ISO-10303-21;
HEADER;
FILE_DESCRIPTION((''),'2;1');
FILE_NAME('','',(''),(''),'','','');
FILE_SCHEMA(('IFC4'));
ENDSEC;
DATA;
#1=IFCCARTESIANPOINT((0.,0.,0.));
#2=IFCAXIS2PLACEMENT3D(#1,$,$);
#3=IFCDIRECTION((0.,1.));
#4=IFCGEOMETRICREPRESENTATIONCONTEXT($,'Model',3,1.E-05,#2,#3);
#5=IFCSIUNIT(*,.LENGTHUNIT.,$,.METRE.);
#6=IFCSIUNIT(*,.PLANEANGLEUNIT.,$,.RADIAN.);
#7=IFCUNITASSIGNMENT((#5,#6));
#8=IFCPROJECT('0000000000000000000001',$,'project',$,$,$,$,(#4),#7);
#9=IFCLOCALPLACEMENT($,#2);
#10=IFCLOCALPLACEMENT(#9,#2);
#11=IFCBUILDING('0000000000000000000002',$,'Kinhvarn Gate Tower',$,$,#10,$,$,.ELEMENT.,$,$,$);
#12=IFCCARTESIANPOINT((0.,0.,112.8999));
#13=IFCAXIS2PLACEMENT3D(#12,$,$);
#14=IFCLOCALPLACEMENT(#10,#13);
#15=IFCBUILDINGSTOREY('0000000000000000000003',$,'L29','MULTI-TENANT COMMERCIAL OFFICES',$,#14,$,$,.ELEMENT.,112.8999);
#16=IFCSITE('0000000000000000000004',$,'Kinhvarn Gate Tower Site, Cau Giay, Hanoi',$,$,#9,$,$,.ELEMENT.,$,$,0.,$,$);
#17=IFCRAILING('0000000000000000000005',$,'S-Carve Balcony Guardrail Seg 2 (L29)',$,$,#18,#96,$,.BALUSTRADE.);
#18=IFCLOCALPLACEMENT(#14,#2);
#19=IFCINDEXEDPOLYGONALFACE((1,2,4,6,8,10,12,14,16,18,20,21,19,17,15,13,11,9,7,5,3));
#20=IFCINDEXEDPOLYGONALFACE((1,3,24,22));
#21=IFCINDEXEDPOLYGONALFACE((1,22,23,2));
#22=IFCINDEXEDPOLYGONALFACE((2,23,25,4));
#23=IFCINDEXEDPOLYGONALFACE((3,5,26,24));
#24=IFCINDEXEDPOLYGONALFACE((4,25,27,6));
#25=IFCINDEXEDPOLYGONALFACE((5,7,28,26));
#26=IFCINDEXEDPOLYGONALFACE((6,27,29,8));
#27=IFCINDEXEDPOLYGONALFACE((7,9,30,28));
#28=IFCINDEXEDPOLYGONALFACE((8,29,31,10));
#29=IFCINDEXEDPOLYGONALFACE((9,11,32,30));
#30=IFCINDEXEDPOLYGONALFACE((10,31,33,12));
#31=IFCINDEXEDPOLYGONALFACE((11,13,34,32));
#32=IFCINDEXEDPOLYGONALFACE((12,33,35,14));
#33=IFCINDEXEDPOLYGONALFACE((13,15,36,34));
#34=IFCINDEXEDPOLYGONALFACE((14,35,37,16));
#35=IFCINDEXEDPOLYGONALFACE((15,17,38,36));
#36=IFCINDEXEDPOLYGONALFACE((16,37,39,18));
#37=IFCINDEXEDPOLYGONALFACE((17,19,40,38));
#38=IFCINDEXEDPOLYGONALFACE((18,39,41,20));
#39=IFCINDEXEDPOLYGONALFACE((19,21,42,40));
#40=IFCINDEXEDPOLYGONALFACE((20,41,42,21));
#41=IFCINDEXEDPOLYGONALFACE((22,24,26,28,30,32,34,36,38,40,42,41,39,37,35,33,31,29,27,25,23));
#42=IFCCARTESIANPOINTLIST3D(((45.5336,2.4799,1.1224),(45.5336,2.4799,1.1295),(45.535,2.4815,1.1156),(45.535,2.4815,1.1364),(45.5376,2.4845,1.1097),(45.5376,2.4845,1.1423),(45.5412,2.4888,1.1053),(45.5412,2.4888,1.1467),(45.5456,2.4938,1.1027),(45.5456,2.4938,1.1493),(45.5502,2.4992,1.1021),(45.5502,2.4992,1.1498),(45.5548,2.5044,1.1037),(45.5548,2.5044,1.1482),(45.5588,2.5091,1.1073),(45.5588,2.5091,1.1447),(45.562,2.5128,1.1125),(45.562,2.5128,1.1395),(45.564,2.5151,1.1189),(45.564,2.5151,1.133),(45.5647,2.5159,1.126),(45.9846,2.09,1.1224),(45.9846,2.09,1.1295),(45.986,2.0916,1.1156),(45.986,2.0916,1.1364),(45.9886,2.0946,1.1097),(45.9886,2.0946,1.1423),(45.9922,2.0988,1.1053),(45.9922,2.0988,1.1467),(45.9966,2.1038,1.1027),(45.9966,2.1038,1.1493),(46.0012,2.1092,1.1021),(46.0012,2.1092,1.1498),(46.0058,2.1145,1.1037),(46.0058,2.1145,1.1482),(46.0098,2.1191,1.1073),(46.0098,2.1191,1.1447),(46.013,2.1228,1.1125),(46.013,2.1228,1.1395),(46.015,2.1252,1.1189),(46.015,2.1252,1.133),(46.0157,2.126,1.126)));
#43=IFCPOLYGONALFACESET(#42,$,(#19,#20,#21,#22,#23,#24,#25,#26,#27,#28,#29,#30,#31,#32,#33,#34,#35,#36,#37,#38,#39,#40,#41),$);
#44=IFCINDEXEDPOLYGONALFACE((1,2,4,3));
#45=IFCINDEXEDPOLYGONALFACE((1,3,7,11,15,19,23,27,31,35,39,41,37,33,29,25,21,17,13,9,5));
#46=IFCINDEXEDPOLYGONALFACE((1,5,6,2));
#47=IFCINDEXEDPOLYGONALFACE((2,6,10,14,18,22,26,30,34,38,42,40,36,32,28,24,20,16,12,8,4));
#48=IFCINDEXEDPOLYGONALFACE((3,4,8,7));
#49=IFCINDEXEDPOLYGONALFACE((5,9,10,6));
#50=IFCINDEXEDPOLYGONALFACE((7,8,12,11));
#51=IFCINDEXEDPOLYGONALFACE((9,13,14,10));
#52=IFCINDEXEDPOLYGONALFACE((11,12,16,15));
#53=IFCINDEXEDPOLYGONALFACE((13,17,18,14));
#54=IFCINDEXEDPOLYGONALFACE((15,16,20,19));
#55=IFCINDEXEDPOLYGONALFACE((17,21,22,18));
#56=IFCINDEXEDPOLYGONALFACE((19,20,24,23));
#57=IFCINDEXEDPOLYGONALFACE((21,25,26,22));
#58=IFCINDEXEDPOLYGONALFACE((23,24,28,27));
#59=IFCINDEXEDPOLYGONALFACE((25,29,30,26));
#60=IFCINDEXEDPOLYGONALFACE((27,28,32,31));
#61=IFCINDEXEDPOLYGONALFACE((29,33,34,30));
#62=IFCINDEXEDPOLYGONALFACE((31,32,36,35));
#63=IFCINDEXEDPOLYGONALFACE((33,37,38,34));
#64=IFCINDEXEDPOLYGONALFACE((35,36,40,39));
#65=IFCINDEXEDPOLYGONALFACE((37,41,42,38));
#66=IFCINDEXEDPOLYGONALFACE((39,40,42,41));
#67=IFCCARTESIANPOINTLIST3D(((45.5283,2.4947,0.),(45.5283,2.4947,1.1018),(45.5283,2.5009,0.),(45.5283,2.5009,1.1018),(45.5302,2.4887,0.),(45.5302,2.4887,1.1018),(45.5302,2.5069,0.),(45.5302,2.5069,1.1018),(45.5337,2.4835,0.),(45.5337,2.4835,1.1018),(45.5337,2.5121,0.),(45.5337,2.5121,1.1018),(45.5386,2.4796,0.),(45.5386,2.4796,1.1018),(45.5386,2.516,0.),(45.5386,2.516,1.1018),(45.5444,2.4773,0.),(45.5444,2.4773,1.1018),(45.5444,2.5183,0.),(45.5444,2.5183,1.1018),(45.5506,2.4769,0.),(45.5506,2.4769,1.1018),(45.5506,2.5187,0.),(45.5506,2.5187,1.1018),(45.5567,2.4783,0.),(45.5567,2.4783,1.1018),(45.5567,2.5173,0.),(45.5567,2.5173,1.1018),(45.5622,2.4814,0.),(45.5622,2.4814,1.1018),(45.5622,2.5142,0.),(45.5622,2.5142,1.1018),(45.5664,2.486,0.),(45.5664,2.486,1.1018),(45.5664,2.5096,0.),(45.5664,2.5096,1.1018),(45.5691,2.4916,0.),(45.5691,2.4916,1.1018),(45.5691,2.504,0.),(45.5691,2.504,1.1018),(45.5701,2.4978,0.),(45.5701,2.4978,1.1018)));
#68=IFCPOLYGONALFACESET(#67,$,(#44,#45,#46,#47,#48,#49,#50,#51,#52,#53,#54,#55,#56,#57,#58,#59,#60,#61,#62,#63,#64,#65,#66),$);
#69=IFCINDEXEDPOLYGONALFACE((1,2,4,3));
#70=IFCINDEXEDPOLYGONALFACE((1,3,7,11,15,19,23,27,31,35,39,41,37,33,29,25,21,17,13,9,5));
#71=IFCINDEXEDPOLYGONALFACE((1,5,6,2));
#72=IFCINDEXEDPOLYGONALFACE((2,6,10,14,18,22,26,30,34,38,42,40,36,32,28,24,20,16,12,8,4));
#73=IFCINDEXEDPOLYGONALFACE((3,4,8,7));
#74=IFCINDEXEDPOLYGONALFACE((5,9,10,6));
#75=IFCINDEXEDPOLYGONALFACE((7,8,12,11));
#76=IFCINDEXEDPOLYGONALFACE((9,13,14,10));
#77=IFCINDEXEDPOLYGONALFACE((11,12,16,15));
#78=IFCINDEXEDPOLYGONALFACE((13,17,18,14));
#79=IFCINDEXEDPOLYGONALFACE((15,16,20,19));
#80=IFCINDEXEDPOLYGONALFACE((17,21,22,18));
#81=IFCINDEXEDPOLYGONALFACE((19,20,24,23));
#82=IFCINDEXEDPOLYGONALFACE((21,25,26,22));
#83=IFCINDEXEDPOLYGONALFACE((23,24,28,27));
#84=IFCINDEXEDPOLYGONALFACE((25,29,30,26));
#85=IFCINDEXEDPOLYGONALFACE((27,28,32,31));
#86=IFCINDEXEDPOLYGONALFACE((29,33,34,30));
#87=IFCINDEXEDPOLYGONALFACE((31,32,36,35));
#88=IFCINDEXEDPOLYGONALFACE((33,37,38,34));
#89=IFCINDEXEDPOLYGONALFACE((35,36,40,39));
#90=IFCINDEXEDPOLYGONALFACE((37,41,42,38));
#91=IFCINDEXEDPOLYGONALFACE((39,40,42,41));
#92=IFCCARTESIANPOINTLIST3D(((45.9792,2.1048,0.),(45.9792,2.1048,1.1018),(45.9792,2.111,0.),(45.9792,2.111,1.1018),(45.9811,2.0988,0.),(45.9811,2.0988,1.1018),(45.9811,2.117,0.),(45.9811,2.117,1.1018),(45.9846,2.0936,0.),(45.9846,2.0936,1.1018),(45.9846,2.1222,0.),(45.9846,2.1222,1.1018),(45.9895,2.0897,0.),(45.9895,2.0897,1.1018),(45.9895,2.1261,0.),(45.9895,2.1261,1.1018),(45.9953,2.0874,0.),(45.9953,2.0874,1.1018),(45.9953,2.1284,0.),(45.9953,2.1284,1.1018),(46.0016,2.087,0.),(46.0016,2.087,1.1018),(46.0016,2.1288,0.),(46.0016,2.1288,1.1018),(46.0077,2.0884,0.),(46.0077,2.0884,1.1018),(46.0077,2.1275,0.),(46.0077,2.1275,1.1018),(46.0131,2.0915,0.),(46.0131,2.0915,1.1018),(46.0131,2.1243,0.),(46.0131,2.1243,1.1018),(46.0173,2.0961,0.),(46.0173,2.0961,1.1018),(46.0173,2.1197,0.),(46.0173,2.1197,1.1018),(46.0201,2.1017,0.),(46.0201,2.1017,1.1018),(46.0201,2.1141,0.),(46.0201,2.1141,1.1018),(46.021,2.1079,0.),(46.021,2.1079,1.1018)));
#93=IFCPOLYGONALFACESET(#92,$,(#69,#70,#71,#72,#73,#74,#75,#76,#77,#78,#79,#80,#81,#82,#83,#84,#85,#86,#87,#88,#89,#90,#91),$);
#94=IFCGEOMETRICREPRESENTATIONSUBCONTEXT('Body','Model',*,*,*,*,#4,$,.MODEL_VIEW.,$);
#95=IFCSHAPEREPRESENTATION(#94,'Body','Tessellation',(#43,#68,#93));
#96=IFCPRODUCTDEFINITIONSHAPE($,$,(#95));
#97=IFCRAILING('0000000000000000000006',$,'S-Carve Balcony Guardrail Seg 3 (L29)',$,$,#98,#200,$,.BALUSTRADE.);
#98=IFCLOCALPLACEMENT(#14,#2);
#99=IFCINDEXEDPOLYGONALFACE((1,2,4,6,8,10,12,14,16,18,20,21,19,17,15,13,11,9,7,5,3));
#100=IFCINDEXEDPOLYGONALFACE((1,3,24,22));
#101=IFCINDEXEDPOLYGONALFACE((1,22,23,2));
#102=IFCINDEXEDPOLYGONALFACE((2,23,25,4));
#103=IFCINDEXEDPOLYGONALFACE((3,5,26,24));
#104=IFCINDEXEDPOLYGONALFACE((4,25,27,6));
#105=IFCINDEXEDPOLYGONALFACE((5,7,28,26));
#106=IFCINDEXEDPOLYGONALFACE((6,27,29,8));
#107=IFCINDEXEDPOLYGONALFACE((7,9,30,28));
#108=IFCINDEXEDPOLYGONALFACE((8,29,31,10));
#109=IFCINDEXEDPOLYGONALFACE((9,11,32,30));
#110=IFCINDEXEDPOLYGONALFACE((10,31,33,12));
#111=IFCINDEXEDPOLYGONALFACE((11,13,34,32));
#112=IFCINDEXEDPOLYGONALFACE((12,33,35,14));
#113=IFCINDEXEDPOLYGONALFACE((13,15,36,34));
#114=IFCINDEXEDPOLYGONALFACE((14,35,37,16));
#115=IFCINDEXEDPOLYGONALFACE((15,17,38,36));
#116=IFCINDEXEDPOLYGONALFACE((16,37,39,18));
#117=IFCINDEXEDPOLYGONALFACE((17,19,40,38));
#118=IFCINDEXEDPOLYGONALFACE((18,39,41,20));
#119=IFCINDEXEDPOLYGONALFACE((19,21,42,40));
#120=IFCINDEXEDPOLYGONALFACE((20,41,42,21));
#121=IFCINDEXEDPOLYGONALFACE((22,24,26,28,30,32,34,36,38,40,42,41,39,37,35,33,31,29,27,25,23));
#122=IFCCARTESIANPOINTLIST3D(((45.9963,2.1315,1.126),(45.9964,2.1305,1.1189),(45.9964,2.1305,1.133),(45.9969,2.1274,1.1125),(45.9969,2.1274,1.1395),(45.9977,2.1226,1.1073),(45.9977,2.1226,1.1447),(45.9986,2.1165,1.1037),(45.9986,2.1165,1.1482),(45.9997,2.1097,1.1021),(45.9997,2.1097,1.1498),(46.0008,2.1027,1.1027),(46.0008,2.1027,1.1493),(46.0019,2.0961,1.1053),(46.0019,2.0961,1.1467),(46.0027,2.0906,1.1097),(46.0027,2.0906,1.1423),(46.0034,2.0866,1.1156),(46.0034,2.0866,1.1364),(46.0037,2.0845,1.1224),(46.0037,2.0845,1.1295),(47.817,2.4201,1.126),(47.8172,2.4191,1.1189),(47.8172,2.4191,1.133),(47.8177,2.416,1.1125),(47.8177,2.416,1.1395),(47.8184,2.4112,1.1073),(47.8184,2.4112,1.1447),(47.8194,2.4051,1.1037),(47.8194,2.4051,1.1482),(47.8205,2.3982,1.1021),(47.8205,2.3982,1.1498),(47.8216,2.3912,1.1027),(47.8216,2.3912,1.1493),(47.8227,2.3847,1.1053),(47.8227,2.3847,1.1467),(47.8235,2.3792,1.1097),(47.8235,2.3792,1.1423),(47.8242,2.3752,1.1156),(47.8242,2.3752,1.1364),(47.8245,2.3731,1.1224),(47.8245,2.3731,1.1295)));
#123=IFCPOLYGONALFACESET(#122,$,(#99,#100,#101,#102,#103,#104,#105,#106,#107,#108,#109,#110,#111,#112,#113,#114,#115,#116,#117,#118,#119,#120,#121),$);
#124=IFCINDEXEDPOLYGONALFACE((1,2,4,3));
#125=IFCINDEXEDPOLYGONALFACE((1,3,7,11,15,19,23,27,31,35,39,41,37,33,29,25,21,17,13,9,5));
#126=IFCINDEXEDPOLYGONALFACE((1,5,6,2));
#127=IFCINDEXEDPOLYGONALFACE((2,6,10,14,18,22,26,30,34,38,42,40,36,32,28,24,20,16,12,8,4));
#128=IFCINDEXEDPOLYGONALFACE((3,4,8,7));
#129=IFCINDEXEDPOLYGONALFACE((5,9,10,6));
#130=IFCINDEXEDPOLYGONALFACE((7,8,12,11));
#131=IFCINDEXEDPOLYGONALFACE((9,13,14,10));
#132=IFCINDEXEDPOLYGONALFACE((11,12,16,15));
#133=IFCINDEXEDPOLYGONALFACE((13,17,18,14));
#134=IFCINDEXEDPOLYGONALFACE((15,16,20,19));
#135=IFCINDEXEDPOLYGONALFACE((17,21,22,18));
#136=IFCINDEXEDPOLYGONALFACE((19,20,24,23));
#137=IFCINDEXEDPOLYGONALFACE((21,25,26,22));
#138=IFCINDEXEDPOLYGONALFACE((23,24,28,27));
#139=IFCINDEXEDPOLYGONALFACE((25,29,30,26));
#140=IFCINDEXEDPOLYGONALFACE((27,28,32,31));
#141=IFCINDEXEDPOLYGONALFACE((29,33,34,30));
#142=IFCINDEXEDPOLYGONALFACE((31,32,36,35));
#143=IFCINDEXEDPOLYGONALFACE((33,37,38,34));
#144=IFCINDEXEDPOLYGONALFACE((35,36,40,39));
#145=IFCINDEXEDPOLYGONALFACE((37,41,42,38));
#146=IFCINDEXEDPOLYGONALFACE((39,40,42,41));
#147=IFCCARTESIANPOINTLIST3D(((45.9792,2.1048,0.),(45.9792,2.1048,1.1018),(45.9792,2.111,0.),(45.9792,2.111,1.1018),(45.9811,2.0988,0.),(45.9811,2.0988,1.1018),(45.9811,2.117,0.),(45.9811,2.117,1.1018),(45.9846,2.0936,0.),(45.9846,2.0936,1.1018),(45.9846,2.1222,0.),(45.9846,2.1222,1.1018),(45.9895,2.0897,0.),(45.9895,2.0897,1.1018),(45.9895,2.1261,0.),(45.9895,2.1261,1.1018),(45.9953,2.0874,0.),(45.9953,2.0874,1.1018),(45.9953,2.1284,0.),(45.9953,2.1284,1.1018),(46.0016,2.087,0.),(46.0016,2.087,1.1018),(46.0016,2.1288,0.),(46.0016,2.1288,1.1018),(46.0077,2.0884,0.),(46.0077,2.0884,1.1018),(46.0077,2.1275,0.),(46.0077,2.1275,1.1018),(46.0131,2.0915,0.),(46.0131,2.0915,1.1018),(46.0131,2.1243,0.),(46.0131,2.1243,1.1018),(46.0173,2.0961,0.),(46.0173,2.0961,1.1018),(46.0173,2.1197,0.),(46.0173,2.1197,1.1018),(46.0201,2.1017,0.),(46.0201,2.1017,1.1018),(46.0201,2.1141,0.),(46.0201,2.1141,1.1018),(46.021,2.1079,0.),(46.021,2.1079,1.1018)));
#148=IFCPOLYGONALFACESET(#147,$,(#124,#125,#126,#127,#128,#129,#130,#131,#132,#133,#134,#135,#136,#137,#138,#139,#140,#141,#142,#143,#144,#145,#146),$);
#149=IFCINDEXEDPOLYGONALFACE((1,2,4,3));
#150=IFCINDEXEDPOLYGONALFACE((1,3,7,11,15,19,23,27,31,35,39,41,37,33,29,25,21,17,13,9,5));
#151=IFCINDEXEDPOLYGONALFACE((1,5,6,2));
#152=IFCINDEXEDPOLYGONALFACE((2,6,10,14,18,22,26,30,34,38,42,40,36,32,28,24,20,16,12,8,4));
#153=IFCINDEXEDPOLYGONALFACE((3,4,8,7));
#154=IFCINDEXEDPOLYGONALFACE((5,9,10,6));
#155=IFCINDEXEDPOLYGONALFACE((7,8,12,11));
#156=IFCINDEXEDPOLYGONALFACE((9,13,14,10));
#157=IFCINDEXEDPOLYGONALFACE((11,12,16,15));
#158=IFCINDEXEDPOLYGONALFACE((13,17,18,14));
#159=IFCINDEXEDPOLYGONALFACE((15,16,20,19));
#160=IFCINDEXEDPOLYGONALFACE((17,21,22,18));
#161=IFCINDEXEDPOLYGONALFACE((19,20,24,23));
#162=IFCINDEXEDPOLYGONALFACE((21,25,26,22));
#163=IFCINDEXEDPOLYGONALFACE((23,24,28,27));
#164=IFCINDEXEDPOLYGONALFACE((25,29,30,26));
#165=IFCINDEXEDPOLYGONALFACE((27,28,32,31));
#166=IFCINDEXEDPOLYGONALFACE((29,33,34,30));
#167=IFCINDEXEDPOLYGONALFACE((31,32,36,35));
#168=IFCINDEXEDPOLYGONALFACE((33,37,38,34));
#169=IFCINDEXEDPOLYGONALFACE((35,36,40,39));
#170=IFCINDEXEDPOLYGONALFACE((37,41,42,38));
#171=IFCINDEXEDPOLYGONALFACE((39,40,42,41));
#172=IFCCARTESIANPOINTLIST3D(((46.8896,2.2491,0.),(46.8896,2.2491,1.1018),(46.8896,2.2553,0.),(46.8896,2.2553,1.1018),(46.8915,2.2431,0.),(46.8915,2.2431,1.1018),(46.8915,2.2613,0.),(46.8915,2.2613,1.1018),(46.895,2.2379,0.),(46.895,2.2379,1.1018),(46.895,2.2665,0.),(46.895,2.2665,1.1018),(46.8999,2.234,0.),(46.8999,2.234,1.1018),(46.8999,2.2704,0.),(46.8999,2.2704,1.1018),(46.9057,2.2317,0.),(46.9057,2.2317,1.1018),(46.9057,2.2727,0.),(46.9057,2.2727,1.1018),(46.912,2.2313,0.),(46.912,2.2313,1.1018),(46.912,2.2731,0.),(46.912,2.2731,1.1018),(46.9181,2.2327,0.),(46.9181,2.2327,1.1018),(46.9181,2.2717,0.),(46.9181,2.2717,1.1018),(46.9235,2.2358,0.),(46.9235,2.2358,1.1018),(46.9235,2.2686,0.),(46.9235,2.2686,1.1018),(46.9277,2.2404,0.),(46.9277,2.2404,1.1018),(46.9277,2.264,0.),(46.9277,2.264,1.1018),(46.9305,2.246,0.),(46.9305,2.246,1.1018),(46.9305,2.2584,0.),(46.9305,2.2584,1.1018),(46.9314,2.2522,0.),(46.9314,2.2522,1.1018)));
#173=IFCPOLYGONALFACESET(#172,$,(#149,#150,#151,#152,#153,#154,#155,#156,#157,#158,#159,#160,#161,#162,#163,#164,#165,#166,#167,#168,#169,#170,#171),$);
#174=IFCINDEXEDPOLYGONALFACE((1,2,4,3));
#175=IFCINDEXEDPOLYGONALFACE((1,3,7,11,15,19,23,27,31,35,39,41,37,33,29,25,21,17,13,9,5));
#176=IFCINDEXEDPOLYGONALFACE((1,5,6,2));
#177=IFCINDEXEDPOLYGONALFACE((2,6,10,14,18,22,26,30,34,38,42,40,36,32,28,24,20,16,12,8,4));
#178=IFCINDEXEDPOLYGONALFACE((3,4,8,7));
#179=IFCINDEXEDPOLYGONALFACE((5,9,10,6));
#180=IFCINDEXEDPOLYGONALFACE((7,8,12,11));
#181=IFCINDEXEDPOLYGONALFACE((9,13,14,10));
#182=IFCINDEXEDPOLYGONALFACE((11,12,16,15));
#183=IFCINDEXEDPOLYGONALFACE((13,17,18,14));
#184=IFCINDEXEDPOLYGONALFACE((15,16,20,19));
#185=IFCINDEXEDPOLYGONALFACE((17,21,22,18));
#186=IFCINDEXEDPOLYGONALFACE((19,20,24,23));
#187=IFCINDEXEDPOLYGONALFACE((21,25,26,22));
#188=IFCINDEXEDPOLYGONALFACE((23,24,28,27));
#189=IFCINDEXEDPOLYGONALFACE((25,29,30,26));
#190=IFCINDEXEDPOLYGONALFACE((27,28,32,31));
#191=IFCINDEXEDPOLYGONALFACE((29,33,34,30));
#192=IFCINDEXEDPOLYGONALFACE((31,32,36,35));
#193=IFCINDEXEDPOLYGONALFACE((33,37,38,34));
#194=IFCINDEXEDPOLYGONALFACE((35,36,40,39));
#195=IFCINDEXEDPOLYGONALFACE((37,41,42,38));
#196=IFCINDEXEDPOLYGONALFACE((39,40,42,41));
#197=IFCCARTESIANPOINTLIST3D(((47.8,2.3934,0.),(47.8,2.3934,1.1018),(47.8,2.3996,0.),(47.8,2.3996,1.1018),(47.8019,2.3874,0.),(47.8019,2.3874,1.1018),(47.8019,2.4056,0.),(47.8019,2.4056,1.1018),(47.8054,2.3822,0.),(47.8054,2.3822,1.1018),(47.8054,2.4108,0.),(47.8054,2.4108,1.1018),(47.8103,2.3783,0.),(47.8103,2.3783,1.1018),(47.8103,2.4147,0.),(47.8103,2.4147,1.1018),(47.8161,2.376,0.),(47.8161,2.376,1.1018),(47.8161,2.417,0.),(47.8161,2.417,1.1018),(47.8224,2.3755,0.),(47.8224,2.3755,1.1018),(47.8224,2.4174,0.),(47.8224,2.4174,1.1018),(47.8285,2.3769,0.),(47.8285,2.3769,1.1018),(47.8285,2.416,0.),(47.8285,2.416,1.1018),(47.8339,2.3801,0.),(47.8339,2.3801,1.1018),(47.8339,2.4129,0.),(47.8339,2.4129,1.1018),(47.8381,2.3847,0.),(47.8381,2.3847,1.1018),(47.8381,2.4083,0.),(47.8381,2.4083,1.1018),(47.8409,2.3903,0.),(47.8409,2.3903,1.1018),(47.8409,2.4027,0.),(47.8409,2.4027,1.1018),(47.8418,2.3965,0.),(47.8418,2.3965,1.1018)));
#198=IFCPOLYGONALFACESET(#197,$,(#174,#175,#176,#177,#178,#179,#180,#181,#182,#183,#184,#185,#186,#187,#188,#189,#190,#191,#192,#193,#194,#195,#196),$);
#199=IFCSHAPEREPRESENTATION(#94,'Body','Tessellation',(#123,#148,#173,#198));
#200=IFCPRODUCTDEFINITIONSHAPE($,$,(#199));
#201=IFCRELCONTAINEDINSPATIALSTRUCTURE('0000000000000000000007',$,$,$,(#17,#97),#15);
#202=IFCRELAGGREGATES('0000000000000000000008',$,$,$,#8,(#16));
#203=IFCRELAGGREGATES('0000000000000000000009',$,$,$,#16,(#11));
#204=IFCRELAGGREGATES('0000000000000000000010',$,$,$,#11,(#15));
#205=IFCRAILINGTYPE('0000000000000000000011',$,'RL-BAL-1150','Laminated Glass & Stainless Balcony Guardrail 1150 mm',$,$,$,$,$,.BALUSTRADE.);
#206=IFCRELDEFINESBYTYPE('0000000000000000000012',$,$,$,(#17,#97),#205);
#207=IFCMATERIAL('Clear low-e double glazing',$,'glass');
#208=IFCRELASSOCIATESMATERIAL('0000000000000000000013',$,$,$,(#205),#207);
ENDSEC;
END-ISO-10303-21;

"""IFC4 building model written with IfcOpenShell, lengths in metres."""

from ifc_helpers import new_model, si_unit, direction, frame, origin, origin_2d, place, context, subcontext, project, spatial, circle, extrude, material, type_object, element, save


model = new_model("IFC4")

# Units and contexts
model_context = context("Model", 3, precision=1e-05, world=origin(), true_north=direction((0.0, 1.0)))
body_context = subcontext(model_context, "Body", "Model", "MODEL_VIEW")
ifc_project = project(units=[si_unit("LENGTHUNIT", "METRE"), si_unit("PLANEANGLEUNIT", "RADIAN")], contexts=[model_context])

# Site, building, storey
site_placement = place(None, origin())
site = spatial("IfcSite", under=ifc_project, at=site_placement, Name="Kinhvarn Gate Tower Site, Cau Giay, Hanoi", CompositionType="ELEMENT", RefElevation=0.0)
building_placement = place(site_placement, origin())
building = spatial("IfcBuilding", under=site, at=building_placement, Name="Kinhvarn Gate Tower", CompositionType="ELEMENT")
storey_placement = place(building_placement, frame((0.0, 0.0, 112.8999)))
storey = spatial("IfcBuildingStorey", under=building, at=storey_placement, Name="L29", Description="MULTI-TENANT COMMERCIAL OFFICES", CompositionType="ELEMENT", Elevation=112.8999)

# Shared definitions
ifc_material_1 = material(Name="Clear low-e double glazing", Category="glass")

# Railings
railing_type = type_object("IfcRailingType", Name="RL-BAL-1150", Description="Laminated Glass & Stainless Balcony Guardrail 1150 mm", PredefinedType="BALUSTRADE", material=ifc_material_1)
railing_1_placement = place(storey_placement, frame((45.5491, 2.4978, 0.0)))
element("IfcRailing", 1, at=railing_1_placement, inside=storey, type_object=railing_type, Name="S-Carve Balcony Guardrail Seg 2 (L29)", PredefinedType="BALUSTRADE", context=body_context, shape_type="SweptSolid", body=[
    extrude(circle(Radius=0.0239, at=origin_2d()), frame((0.0, 0.0, 1.126), z_axis=(0.756445, -0.654057, 0.0), x_axis=(0.654057, 0.756445, 0.0)), (0.0, 0.0, 1.0), 0.5962),
    extrude(circle(Radius=0.021, at=origin_2d()), origin(), (0.0, 0.0, 1.0), 1.1018),
    extrude(circle(Radius=0.021, at=origin_2d()), frame((0.4509, -0.3899, 0.0)), (0.0, 0.0, 1.0), 1.1018),
])
railing_2_placement = place(storey_placement, frame((46.0, 2.1079, 0.0)))
element("IfcRailing", 2, at=railing_2_placement, inside=storey, type_object=railing_type, Name="S-Carve Balcony Guardrail Seg 3 (L29)", PredefinedType="BALUSTRADE", context=body_context, shape_type="SweptSolid", body=[
    extrude(circle(Radius=0.0239, at=origin_2d()), frame((0.0, 0.0, 1.126), z_axis=(0.987673, 0.156534, 0.0), x_axis=(-0.156534, 0.987673, 0.0)), (0.0, 0.0, 1.0), 1.8435),
    extrude(circle(Radius=0.021, at=origin_2d()), origin(), (0.0, 0.0, 1.0), 1.1018),
    extrude(circle(Radius=0.021, at=origin_2d()), frame((0.9104, 0.1443, 0.0)), (0.0, 0.0, 1.0), 1.1018),
    extrude(circle(Radius=0.021, at=origin_2d()), frame((1.8208, 0.2886, 0.0)), (0.0, 0.0, 1.0), 1.1018),
])

save(model, "model.ifc")
